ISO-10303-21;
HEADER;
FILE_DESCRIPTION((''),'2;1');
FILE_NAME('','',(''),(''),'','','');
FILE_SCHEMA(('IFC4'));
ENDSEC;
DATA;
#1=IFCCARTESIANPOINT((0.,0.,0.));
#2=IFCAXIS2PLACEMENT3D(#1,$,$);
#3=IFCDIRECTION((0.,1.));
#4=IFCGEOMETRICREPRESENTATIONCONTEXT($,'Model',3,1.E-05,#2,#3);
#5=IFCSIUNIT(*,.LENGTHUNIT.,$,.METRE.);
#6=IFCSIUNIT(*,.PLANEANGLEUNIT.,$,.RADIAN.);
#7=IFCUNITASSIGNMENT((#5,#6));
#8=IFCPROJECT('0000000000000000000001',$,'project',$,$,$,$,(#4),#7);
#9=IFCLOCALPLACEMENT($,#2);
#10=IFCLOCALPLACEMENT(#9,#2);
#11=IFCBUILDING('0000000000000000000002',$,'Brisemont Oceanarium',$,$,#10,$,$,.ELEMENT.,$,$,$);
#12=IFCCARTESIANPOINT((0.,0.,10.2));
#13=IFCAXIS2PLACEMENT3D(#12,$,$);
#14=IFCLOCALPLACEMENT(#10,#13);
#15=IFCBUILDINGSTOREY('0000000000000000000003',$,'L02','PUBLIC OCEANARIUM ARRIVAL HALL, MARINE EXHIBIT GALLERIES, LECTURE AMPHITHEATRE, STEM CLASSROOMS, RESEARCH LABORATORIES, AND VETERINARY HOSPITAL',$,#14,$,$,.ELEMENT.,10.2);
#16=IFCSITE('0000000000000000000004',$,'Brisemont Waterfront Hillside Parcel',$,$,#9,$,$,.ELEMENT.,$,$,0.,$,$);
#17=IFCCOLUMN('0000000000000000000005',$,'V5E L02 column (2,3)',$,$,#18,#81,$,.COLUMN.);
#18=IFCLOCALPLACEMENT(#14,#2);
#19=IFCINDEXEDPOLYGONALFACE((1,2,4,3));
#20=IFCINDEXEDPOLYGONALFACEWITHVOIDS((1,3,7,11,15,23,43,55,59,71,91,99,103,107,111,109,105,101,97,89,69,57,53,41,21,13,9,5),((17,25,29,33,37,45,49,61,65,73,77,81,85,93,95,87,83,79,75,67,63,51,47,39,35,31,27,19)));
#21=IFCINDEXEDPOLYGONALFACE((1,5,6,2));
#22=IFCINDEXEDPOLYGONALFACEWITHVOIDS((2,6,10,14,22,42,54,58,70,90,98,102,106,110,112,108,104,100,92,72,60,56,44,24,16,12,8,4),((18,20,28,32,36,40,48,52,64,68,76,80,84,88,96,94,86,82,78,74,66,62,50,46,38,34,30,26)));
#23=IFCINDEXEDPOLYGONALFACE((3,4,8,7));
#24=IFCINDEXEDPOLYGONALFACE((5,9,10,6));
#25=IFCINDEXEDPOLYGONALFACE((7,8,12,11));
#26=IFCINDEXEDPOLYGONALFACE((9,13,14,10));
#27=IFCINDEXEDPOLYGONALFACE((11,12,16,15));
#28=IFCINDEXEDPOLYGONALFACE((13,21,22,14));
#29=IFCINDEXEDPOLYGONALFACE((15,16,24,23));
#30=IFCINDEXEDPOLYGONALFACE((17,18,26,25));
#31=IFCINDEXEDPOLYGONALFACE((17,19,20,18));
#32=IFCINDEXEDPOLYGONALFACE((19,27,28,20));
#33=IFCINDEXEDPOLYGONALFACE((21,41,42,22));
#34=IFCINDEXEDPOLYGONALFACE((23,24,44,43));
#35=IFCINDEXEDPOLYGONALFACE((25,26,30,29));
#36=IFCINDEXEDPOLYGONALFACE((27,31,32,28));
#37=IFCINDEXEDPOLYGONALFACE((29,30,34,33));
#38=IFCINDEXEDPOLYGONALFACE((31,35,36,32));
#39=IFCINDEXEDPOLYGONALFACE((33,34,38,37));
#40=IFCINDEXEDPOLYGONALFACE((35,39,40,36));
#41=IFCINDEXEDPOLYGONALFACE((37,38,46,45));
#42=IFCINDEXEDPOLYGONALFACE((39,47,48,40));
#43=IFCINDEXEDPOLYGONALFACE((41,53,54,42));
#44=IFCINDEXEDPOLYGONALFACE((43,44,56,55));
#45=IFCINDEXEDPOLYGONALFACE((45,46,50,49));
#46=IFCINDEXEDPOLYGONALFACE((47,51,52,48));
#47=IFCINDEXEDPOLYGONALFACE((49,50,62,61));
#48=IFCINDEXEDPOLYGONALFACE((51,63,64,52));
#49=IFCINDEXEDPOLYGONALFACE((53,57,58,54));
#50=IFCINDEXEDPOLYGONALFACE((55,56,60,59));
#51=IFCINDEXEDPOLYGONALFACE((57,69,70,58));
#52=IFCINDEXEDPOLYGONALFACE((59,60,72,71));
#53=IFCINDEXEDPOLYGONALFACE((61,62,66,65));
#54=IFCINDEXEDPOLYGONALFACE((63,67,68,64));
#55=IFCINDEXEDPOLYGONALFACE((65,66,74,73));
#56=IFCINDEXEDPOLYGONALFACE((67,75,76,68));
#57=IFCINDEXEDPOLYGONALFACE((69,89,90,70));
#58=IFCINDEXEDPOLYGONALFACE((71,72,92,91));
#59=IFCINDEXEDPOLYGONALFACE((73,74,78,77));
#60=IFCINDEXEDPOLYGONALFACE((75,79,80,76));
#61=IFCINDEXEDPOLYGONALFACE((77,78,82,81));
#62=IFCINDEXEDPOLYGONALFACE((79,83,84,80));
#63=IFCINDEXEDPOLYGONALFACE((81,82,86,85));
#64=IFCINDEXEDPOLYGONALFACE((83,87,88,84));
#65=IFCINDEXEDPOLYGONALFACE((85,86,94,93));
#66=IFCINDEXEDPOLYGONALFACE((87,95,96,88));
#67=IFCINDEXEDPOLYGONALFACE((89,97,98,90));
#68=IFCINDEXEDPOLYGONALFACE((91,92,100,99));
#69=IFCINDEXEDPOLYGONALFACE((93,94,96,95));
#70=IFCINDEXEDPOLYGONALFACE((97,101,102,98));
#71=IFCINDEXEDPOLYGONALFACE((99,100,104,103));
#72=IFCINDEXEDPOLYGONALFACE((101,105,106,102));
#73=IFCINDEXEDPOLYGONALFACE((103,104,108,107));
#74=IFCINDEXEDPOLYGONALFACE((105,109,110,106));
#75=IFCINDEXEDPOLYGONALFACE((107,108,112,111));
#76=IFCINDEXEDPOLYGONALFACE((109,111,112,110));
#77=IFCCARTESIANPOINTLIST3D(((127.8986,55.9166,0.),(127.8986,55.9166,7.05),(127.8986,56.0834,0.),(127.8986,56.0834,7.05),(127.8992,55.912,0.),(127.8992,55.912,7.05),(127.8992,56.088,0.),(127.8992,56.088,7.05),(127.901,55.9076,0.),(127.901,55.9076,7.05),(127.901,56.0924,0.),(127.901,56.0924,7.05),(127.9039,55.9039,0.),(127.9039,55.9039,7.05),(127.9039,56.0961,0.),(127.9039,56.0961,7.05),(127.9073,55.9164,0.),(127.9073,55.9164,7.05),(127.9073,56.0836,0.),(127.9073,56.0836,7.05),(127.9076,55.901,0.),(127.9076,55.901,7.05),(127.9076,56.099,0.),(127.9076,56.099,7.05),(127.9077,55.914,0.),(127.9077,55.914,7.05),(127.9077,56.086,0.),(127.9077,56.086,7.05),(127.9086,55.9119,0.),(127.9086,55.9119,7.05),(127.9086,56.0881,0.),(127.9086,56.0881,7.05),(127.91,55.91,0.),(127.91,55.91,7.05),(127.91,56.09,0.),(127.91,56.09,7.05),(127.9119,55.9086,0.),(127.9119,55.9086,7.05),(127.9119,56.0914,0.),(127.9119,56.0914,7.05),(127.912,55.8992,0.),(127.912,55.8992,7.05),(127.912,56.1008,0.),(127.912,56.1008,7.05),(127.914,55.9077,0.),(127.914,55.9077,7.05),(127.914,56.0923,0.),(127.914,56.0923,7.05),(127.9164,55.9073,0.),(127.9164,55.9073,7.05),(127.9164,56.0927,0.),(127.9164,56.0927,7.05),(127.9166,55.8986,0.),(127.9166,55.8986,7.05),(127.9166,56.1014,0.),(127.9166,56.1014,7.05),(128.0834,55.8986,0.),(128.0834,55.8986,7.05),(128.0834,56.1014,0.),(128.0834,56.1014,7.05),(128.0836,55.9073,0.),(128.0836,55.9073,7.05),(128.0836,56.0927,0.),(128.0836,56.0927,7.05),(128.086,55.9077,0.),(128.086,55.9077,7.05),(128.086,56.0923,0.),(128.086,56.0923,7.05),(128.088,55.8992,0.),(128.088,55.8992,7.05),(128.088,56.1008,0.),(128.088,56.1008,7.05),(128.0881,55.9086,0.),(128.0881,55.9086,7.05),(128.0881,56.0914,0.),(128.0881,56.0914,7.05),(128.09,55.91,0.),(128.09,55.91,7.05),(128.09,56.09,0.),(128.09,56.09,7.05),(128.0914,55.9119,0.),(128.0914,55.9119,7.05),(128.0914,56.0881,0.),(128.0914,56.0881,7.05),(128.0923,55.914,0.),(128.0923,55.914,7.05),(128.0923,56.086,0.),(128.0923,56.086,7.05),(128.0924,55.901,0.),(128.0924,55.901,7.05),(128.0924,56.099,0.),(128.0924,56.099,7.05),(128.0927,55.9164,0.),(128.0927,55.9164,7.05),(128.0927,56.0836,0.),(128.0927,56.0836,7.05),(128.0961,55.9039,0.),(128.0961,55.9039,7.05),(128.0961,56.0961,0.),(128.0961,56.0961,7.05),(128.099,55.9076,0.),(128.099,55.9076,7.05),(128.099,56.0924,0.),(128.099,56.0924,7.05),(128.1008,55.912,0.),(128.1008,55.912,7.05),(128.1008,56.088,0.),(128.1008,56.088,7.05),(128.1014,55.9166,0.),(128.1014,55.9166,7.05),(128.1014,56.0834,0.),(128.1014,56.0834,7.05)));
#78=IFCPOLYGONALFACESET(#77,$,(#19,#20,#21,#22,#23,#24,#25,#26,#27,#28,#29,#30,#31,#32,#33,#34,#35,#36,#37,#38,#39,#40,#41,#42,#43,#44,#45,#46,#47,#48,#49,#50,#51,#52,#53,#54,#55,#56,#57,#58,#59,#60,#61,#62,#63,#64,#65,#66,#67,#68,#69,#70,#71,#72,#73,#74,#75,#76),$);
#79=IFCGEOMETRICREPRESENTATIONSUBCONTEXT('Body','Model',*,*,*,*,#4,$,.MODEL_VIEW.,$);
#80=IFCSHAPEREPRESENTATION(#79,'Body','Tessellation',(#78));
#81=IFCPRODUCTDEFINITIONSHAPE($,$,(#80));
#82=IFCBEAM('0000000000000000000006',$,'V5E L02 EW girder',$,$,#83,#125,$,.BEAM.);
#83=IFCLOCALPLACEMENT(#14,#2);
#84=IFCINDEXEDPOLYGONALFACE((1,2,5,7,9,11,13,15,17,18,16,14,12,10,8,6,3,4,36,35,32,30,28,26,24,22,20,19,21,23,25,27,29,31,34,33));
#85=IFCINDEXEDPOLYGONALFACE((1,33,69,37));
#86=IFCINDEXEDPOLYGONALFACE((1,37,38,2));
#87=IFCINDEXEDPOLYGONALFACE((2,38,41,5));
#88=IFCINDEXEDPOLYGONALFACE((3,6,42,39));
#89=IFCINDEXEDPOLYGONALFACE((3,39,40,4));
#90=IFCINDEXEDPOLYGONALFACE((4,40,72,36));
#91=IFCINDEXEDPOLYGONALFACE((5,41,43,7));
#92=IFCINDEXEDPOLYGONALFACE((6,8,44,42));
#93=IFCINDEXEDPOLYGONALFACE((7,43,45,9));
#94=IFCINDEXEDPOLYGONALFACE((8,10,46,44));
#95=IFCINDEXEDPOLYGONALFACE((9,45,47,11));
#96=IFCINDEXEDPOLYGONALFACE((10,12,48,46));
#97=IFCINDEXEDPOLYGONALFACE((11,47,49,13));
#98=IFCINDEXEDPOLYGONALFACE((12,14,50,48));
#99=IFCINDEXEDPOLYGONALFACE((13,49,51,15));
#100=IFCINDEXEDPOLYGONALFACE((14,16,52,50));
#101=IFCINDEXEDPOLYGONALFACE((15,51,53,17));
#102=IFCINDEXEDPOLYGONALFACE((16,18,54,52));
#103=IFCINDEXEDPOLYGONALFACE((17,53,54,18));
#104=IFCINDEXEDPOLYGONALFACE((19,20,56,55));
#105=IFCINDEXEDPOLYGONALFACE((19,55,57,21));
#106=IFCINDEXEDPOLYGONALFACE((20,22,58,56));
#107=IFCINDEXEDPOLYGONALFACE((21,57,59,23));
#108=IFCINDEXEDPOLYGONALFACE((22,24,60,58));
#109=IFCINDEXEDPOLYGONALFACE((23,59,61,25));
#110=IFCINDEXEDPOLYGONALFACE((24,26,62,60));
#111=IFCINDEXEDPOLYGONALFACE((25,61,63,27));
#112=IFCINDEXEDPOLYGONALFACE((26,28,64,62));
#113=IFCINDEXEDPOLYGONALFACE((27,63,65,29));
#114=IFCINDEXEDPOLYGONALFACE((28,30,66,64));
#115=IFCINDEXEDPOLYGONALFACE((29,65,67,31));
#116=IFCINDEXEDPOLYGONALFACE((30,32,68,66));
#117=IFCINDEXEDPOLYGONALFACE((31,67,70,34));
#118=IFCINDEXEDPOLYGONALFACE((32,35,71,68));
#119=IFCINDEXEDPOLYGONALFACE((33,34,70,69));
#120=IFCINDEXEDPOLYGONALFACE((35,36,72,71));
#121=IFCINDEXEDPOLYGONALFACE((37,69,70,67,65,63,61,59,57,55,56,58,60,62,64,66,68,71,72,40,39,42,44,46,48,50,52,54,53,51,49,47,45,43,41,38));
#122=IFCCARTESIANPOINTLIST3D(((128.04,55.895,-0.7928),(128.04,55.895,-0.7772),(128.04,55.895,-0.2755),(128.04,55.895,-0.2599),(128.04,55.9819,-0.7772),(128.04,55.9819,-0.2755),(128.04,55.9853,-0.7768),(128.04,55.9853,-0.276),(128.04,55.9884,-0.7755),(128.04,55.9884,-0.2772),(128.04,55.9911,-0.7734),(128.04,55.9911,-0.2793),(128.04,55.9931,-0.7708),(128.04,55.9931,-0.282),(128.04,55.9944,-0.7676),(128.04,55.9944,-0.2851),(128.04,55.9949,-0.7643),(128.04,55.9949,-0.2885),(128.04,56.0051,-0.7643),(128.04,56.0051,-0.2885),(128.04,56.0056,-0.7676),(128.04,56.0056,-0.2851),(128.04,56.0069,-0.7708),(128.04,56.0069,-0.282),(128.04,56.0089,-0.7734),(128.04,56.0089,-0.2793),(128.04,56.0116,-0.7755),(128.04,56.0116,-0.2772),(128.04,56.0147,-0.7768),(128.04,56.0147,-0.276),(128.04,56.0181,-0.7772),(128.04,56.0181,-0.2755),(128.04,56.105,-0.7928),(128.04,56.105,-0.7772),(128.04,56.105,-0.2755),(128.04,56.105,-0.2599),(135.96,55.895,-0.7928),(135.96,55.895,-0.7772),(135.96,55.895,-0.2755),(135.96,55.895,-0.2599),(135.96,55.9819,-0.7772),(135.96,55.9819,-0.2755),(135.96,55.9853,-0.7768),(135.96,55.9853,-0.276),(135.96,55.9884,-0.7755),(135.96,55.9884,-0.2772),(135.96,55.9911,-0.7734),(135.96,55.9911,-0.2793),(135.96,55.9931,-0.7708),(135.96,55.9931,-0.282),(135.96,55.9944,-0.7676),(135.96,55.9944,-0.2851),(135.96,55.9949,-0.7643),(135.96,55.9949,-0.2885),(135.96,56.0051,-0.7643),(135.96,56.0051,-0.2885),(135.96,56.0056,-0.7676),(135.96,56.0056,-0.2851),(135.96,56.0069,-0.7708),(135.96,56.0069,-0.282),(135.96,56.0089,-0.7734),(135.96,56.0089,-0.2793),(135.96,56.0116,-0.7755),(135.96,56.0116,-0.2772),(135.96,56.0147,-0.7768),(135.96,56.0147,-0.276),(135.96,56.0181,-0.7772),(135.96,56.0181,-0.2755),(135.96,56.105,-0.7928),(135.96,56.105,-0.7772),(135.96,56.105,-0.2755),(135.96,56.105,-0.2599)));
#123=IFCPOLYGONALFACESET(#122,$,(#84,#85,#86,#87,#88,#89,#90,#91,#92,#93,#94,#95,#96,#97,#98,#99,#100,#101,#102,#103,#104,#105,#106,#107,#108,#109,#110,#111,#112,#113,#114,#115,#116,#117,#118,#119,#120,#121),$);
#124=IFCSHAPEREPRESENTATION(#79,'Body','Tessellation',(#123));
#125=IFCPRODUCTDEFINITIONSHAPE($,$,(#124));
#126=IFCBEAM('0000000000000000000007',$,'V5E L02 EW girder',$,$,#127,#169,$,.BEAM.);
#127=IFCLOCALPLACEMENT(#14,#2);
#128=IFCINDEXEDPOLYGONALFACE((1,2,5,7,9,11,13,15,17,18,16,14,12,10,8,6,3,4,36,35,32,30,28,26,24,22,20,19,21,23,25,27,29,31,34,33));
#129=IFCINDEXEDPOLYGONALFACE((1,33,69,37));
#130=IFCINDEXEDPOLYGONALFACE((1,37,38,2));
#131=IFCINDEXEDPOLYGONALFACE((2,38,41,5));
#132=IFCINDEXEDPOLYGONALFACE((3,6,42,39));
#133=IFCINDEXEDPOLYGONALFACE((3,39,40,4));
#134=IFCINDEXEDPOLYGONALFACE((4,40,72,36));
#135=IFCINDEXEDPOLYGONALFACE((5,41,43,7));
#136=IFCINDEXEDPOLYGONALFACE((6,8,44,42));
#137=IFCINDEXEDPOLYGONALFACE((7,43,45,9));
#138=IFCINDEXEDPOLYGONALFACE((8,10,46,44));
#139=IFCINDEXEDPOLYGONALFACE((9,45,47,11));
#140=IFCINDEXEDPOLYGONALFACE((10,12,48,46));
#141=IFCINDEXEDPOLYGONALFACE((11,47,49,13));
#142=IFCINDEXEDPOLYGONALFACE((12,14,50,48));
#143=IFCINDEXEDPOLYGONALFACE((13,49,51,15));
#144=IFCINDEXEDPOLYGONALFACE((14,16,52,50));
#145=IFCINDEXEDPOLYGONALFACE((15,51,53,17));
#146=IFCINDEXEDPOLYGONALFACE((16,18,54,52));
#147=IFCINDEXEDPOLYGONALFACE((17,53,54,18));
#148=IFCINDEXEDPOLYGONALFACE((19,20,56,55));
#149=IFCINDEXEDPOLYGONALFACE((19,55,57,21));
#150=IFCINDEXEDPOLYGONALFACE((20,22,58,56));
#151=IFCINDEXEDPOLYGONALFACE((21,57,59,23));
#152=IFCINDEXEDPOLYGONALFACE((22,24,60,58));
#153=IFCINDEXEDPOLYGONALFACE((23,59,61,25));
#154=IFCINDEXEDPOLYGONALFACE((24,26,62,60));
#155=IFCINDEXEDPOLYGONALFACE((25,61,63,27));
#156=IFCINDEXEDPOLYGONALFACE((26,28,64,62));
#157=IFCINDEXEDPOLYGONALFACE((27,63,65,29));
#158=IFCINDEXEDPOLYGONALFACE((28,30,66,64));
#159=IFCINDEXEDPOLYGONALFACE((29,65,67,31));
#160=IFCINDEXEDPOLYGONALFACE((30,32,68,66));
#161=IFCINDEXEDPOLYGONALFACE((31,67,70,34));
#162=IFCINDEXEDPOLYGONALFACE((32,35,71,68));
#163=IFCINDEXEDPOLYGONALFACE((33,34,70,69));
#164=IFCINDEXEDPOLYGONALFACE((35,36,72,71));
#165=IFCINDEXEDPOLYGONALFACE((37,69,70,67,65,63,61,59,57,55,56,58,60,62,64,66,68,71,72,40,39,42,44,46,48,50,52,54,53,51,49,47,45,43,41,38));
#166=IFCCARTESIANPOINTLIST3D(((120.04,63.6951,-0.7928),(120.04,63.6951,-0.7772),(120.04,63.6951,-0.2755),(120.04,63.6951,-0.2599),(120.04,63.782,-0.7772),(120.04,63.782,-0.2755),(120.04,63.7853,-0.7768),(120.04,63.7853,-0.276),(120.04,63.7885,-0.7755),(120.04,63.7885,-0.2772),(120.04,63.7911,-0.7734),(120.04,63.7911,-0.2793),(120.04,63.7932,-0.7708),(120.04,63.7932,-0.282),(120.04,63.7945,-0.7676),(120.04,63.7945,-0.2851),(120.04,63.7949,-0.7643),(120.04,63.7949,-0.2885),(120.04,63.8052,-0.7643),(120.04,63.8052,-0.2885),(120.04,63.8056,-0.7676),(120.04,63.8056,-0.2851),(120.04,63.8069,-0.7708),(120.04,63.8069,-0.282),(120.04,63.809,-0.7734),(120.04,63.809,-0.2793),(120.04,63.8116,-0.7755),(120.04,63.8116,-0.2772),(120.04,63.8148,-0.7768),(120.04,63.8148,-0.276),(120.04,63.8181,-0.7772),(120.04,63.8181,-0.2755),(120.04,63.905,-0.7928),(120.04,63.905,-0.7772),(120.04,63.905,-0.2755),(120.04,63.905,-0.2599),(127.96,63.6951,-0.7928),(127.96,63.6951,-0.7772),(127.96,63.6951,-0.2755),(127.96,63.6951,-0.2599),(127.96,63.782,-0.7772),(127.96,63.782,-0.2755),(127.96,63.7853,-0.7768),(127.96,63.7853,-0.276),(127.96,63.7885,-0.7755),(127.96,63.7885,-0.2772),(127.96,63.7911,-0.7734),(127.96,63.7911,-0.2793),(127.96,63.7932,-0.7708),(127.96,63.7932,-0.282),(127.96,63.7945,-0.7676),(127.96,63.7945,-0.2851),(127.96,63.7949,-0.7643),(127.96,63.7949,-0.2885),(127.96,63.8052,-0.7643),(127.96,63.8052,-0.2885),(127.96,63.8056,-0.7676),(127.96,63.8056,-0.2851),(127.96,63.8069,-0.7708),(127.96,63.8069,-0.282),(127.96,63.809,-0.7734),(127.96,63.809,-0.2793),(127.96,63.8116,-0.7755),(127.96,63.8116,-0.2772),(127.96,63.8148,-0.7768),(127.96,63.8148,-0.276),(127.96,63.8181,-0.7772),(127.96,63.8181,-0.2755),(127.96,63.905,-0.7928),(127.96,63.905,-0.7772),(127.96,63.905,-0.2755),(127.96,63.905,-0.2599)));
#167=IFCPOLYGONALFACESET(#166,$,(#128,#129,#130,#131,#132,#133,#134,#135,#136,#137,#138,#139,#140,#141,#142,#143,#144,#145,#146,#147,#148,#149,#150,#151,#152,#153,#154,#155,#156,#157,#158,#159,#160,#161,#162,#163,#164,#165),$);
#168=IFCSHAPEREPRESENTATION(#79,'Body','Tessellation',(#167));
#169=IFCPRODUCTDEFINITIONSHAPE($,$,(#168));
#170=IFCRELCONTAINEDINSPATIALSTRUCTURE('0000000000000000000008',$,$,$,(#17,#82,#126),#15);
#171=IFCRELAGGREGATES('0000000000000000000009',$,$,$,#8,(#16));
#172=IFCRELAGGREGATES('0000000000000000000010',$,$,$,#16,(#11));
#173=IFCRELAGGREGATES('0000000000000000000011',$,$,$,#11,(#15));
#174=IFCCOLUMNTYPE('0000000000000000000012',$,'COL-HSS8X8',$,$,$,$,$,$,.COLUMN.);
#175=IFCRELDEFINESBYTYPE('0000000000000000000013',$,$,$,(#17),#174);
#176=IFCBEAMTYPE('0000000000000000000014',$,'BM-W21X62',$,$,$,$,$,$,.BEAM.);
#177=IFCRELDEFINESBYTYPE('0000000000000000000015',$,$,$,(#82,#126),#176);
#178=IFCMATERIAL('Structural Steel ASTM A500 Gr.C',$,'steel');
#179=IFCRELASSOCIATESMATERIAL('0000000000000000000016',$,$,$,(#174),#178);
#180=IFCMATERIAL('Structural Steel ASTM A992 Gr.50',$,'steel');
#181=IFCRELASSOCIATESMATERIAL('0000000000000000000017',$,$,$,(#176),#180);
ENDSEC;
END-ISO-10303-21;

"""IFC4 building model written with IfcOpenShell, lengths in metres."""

from ifc_helpers import new_model, si_unit, direction, frame, origin, origin_2d, place, context, subcontext, project, spatial, hollow_rectangle, i_section, extrude, material, material_profile, profile_set, type_object, element, save


model = new_model("IFC4")

# Units and contexts
model_context = context("Model", 3, precision=1e-05, world=origin(), true_north=direction((0.0, 1.0)))
body_context = subcontext(model_context, "Body", "Model", "MODEL_VIEW")
ifc_project = project(units=[si_unit("LENGTHUNIT", "METRE"), si_unit("PLANEANGLEUNIT", "RADIAN")], contexts=[model_context])

# Site, building, storey
site_placement = place(None, origin())
site = spatial("IfcSite", under=ifc_project, at=site_placement, Name="Brisemont Waterfront Hillside Parcel", CompositionType="ELEMENT", RefElevation=0.0)
building_placement = place(site_placement, origin())
building = spatial("IfcBuilding", under=site, at=building_placement, Name="Brisemont Oceanarium", CompositionType="ELEMENT")
storey_placement = place(building_placement, frame((0.0, 0.0, 10.2)))
storey = spatial("IfcBuildingStorey", under=building, at=storey_placement, Name="L02", Description="PUBLIC OCEANARIUM ARRIVAL HALL, MARINE EXHIBIT GALLERIES, LECTURE AMPHITHEATRE, STEM CLASSROOMS, RESEARCH LABORATORIES, AND VETERINARY HOSPITAL", CompositionType="ELEMENT", Elevation=10.2)

# Column
ifc_material_1 = material(Name="Structural Steel ASTM A500 Gr.C", Category="steel")
ifc_material_profile_1 = material_profile(ifc_material_1, hollow_rectangle(XDim=0.2029, YDim=0.2029, WallThickness=0.0088, InnerFilletRadius=0.009, OuterFilletRadius=0.0181, at=origin_2d()), Name="HSS8X8X3/8")
ifc_profile_set_1 = profile_set([ifc_material_profile_1], Name="Structural Steel ASTM A500 Gr.C")
column_type_1 = type_object("IfcColumnType", Name="COL-HSS8X8", PredefinedType="COLUMN", material=ifc_profile_set_1)
column_1_placement = place(storey_placement, frame((128.0, 56.0, 0.0), z_axis=(0.0, 0.0, 1.0), x_axis=(0.0, 1.0, 0.0)))
element("IfcColumn", 1, at=column_1_placement, inside=storey, type_object=column_type_1, Name="V5E L02 column (2,3)", PredefinedType="COLUMN", context=body_context, shape_type="SweptSolid", body=[
    extrude(hollow_rectangle(XDim=0.2029, YDim=0.2029, WallThickness=0.0088, InnerFilletRadius=0.009, OuterFilletRadius=0.0181, at=origin_2d()), origin(), (0.0, 0.0, 1.0), 7.05),
])

# Beams
ifc_material_2 = material(Name="Structural Steel ASTM A992 Gr.50", Category="steel")
ifc_material_profile_2 = material_profile(ifc_material_2, i_section(OverallWidth=0.21, OverallDepth=0.533, WebThickness=0.0103, FlangeThickness=0.0156, FilletRadius=0.0129, at=origin_2d()), Name="W21X62")
ifc_profile_set_2 = profile_set([ifc_material_profile_2], Name="Structural Steel ASTM A992 Gr.50")
beam_type_1 = type_object("IfcBeamType", Name="BM-W21X62", PredefinedType="BEAM", material=ifc_profile_set_2)
for number, where, z_axis, x_axis, name in (
    (2, (128.04, 56.0, -0.5264), (1.0, 0.0, 0.0), (0.0, 1.0, 0.0), "V5E L02 EW girder"),
    (3, (120.04, 63.8, -0.5264), (1.0, 0.0, 0.0), (0.0, 1.0, 0.0), "V5E L02 EW girder"),
):
    element("IfcBeam", number, at=place(storey_placement, frame(where, z_axis=z_axis, x_axis=x_axis)), inside=storey, type_object=beam_type_1, Name=name, PredefinedType="BEAM", context=body_context, shape_type="SweptSolid", body=[
        extrude(i_section(OverallWidth=0.21, OverallDepth=0.533, WebThickness=0.0103, FlangeThickness=0.0156, FilletRadius=0.0129, at=origin_2d()), origin(), (0.0, 0.0, 1.0), 7.9199),
    ])

save(model, "model.ifc")
